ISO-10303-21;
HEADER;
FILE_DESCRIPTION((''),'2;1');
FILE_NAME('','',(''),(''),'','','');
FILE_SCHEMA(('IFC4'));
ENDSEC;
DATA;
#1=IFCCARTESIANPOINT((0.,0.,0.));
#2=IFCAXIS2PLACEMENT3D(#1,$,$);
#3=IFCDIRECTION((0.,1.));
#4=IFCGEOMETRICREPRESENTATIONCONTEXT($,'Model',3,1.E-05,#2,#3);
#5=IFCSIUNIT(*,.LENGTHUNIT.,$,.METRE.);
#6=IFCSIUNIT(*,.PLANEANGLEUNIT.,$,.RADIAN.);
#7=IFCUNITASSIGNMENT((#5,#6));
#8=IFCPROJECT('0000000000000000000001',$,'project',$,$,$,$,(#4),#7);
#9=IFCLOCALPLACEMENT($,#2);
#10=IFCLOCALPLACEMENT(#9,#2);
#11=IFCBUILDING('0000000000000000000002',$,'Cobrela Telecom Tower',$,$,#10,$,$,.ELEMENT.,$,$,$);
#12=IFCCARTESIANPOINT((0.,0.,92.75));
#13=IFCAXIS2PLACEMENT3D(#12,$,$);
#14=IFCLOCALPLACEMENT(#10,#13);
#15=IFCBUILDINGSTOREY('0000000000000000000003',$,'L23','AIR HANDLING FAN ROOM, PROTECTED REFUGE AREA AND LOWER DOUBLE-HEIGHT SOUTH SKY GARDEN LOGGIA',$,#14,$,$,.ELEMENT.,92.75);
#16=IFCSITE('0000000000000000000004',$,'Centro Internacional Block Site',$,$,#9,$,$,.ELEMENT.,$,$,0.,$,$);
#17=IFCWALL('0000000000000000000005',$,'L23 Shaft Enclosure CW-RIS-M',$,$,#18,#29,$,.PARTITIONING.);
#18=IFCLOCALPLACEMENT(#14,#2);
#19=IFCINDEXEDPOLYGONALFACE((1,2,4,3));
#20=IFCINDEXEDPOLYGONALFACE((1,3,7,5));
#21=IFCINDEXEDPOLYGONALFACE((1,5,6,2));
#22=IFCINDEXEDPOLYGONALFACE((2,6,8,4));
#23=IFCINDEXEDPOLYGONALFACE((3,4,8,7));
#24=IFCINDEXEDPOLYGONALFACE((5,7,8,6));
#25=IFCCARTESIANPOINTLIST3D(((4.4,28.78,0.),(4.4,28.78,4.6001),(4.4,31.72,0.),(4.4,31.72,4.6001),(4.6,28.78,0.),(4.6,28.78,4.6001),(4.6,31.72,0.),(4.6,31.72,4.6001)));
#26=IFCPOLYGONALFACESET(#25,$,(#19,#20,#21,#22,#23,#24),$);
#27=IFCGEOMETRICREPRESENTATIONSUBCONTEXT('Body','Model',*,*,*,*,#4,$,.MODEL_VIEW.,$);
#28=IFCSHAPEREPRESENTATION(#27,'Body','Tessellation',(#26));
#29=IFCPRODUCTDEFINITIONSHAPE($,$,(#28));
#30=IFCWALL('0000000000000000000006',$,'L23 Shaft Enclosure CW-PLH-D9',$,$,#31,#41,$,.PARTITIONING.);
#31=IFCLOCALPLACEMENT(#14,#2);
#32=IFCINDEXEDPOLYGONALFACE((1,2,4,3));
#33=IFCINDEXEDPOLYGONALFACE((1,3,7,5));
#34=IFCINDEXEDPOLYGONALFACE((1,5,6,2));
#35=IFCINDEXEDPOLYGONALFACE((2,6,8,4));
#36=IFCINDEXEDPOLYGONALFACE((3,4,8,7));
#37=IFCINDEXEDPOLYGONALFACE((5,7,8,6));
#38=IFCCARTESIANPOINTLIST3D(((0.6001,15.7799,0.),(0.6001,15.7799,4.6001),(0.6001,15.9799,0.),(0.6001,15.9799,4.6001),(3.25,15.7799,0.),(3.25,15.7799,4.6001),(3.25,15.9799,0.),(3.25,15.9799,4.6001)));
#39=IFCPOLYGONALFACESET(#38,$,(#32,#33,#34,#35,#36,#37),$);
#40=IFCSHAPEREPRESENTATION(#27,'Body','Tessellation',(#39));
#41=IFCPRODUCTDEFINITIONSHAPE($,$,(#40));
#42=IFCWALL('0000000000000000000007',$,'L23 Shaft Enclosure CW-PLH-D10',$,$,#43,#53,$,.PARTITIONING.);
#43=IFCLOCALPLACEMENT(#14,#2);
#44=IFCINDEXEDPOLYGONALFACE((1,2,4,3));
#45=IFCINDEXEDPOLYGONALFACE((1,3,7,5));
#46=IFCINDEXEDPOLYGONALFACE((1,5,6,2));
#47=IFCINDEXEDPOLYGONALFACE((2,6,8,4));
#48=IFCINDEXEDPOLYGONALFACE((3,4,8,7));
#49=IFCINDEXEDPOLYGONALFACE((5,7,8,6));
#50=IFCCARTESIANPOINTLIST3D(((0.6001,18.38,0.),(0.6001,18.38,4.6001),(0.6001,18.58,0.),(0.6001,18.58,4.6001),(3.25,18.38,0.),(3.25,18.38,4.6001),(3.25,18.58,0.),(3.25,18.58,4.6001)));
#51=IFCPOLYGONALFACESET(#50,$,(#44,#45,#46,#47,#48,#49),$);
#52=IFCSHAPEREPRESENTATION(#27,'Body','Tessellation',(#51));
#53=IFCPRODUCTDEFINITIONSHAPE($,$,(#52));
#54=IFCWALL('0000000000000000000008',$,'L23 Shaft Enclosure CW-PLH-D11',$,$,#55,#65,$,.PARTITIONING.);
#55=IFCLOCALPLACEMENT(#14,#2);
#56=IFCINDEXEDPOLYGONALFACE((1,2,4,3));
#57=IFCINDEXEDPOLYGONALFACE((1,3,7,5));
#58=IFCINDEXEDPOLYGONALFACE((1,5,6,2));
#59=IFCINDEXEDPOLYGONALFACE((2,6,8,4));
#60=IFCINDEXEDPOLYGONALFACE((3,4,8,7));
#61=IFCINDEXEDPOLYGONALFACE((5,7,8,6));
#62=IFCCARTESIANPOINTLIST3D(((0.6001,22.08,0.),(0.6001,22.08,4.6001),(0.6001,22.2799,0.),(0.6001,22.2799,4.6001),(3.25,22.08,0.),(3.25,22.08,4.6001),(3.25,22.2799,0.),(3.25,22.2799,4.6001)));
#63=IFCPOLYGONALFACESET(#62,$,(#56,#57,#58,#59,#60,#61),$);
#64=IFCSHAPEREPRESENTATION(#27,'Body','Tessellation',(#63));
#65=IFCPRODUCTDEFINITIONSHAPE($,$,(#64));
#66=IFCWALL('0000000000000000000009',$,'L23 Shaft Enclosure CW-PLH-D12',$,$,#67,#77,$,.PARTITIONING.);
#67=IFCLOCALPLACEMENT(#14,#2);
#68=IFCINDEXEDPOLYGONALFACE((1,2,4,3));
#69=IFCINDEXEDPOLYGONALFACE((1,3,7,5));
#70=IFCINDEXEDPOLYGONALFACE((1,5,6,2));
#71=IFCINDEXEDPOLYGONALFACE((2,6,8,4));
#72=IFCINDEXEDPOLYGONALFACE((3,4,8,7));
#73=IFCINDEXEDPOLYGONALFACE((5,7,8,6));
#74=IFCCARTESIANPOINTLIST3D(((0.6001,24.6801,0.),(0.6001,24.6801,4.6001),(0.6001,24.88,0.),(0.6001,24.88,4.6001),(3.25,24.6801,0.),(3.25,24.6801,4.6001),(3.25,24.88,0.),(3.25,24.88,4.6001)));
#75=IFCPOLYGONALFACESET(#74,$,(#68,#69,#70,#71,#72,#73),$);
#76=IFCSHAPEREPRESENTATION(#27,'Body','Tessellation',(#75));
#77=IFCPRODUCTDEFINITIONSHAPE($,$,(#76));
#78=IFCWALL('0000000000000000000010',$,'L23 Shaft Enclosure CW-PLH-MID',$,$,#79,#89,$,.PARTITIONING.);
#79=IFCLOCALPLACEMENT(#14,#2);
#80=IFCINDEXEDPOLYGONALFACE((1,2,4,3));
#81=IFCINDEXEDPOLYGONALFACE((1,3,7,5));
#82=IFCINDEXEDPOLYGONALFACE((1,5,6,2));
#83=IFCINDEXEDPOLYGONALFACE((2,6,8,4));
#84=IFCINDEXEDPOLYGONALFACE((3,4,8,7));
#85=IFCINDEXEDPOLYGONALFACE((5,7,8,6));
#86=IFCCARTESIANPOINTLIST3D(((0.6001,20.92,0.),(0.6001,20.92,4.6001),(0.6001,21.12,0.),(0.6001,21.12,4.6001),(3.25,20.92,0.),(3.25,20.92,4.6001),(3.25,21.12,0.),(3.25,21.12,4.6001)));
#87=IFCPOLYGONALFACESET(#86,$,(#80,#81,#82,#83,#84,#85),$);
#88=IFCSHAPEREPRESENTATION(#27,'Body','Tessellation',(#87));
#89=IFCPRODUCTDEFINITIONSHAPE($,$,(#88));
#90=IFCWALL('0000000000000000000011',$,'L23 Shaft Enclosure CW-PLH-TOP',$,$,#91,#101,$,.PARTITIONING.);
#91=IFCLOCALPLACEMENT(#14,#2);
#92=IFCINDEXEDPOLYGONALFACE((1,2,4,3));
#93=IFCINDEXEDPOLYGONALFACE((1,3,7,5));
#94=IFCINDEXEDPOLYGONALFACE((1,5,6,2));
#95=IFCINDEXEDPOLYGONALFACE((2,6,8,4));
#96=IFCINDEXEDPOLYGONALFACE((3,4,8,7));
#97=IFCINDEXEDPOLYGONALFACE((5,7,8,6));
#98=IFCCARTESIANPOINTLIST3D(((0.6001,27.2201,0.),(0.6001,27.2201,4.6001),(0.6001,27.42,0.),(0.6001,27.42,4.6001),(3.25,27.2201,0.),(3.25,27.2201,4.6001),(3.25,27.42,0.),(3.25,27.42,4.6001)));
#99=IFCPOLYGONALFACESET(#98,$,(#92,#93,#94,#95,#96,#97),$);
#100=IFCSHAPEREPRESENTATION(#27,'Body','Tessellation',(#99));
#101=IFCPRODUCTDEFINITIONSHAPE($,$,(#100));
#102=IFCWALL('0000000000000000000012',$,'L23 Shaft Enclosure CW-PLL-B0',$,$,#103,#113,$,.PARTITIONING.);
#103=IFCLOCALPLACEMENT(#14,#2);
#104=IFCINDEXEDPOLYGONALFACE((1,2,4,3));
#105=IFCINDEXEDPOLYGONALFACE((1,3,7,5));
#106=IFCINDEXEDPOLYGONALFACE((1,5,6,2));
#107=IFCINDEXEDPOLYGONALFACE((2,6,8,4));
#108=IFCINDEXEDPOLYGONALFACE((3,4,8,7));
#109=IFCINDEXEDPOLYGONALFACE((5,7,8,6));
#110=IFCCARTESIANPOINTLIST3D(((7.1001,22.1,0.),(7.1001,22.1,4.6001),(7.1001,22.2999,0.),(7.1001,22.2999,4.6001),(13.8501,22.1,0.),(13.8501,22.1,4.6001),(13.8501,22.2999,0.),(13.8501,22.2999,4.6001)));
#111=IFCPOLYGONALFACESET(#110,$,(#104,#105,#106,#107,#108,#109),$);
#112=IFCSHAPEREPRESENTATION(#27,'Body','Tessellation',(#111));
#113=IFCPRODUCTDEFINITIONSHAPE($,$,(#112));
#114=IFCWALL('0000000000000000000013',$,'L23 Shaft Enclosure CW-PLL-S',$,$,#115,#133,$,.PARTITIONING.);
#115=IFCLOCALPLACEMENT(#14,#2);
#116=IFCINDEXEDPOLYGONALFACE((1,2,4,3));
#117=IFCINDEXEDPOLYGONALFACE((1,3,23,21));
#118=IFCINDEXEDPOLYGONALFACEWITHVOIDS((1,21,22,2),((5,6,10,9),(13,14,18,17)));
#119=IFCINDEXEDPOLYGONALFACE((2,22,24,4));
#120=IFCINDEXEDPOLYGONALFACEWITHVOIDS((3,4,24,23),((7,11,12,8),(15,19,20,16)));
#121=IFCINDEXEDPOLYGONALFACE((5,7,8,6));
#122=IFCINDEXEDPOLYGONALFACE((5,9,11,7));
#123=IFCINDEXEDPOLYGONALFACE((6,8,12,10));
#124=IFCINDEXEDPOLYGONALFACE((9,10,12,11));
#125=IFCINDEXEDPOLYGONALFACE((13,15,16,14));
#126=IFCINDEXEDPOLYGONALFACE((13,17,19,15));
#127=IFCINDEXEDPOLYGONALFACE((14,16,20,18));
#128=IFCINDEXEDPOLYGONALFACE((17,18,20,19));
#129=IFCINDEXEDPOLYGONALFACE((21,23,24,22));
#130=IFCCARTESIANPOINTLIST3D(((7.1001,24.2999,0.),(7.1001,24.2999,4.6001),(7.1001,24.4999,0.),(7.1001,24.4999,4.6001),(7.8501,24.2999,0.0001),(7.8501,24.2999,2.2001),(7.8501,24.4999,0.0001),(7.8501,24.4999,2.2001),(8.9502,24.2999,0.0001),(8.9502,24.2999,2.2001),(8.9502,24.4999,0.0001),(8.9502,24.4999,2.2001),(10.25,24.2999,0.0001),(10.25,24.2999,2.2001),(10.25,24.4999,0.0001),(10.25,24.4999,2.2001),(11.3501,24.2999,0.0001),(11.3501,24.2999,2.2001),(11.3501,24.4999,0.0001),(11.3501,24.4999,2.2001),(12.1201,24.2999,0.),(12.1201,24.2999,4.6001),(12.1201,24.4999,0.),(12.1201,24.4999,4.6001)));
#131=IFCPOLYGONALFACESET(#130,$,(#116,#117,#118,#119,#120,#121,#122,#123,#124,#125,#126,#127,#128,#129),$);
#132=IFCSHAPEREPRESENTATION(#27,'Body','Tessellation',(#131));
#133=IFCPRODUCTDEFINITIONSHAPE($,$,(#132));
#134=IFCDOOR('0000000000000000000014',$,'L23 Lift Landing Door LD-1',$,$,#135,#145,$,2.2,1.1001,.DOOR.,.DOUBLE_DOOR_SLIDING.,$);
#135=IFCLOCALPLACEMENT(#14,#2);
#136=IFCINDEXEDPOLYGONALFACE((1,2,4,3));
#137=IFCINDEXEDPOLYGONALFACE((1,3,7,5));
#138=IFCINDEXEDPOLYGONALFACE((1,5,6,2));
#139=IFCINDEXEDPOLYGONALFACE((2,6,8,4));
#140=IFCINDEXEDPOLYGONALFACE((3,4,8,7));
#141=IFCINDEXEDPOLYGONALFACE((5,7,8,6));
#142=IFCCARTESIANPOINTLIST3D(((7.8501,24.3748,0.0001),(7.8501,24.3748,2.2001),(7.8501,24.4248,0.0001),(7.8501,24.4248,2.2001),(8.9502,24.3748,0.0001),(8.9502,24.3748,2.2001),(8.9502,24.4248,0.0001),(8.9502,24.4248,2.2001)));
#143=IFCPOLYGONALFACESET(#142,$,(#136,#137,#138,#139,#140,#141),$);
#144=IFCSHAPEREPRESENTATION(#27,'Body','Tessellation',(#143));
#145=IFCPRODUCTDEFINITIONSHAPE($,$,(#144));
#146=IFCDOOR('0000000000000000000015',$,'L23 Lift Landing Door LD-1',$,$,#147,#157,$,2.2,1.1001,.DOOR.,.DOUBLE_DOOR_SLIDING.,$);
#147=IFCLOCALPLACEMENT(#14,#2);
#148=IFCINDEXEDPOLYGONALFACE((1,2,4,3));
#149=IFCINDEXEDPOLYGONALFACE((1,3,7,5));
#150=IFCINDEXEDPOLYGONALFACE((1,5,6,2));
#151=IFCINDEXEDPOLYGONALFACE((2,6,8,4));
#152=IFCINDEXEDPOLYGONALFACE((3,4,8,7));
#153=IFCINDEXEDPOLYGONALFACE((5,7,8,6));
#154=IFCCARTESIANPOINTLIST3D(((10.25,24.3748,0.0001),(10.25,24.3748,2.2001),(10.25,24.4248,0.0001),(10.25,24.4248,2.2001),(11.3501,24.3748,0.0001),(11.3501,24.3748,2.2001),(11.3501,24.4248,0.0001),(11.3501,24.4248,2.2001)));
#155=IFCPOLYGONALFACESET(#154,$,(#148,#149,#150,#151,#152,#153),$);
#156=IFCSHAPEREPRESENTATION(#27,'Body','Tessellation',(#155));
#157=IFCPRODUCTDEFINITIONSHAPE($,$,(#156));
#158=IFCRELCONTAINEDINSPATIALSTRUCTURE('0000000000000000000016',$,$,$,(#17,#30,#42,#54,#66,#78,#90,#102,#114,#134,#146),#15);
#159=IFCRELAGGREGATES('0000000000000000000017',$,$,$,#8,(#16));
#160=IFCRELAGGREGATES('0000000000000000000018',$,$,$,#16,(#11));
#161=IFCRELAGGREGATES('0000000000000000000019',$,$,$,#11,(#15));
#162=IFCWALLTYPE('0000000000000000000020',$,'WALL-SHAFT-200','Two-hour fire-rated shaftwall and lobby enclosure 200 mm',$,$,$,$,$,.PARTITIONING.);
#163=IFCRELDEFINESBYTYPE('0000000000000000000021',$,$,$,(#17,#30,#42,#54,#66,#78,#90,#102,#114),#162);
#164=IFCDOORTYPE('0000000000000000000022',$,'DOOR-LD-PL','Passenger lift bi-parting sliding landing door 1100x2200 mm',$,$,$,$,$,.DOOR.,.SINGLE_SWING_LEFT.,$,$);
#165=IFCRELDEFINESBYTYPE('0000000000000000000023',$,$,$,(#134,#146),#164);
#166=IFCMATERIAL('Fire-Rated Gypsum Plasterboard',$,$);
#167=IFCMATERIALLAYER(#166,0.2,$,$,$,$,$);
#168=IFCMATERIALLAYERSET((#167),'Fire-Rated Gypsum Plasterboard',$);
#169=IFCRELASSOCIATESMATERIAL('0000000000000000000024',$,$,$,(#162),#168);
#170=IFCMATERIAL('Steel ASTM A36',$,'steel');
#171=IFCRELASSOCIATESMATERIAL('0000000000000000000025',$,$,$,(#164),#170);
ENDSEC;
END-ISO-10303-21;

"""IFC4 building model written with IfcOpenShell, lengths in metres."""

from ifc_helpers import new_model, si_unit, direction, frame, frame_2d, origin, place, context, subcontext, project, spatial, rectangle, extrude, material, layer, layer_set, type_object, element, fill, save


model = new_model("IFC4")

# Units and contexts
model_context = context("Model", 3, precision=1e-05, world=origin(), true_north=direction((0.0, 1.0)))
body_context = subcontext(model_context, "Body", "Model", "MODEL_VIEW")
ifc_project = project(units=[si_unit("LENGTHUNIT", "METRE"), si_unit("PLANEANGLEUNIT", "RADIAN")], contexts=[model_context])

# Site, building, storey
site_placement = place(None, origin())
site = spatial("IfcSite", under=ifc_project, at=site_placement, Name="Centro Internacional Block Site", CompositionType="ELEMENT", RefElevation=0.0)
building_placement = place(site_placement, origin())
building = spatial("IfcBuilding", under=site, at=building_placement, Name="Cobrela Telecom Tower", CompositionType="ELEMENT")
storey_placement = place(building_placement, frame((0.0, 0.0, 92.75)))
storey = spatial("IfcBuildingStorey", under=building, at=storey_placement, Name="L23", Description="AIR HANDLING FAN ROOM, PROTECTED REFUGE AREA AND LOWER DOUBLE-HEIGHT SOUTH SKY GARDEN LOGGIA", CompositionType="ELEMENT", Elevation=92.75)

# Shared definitions
ifc_material_1 = material(Name="Fire-Rated Gypsum Plasterboard")
ifc_layer_1 = layer(ifc_material_1, 0.2)
ifc_layer_set_1 = layer_set([ifc_layer_1], Name="Fire-Rated Gypsum Plasterboard")
wall_type_1 = type_object("IfcWallType", Name="WALL-SHAFT-200", Description="Two-hour fire-rated shaftwall and lobby enclosure 200 mm", PredefinedType="PARTITIONING", material=ifc_layer_set_1)
ifc_material_2 = material(Name="Steel ASTM A36", Category="steel")

# Walls
wall_1_placement = place(storey_placement, frame((4.5, 28.78, 0.0), z_axis=(0.0, 0.0, 1.0), x_axis=(0.0, 1.0, 0.0)))
element("IfcWall", 1, at=wall_1_placement, inside=storey, type_object=wall_type_1, Name="L23 Shaft Enclosure CW-RIS-M", PredefinedType="PARTITIONING", context=body_context, shape_type="SweptSolid", body=[
    extrude(rectangle(XDim=2.9399, YDim=0.2, at=frame_2d((1.47, 0.0))), origin(), (0.0, 0.0, 1.0), 4.6001),
])
for number, where, z_axis, x_axis, name in (
    (2, (0.6001, 15.8799, 0.0), (0.0, 0.0, 1.0), (1.0, 0.0, 0.0), "L23 Shaft Enclosure CW-PLH-D9"),
    (3, (0.6001, 18.48, 0.0), (0.0, 0.0, 1.0), (1.0, 0.0, 0.0), "L23 Shaft Enclosure CW-PLH-D10"),
    (4, (0.6001, 22.1799, 0.0), (0.0, 0.0, 1.0), (1.0, 0.0, 0.0), "L23 Shaft Enclosure CW-PLH-D11"),
    (5, (0.6001, 24.78, 0.0), (0.0, 0.0, 1.0), (1.0, 0.0, 0.0), "L23 Shaft Enclosure CW-PLH-D12"),
    (6, (0.6001, 21.02, 0.0), (0.0, 0.0, 1.0), (1.0, 0.0, 0.0), "L23 Shaft Enclosure CW-PLH-MID"),
    (7, (0.6001, 27.3201, 0.0), (0.0, 0.0, 1.0), (1.0, 0.0, 0.0), "L23 Shaft Enclosure CW-PLH-TOP"),
):
    element("IfcWall", number, at=place(storey_placement, frame(where, z_axis=z_axis, x_axis=x_axis)), inside=storey, type_object=wall_type_1, Name=name, PredefinedType="PARTITIONING", context=body_context, shape_type="SweptSolid", body=[
        extrude(rectangle(XDim=2.6499, YDim=0.2, at=frame_2d((1.325, 0.0))), origin(), (0.0, 0.0, 1.0), 4.6001),
    ])
wall_2_placement = place(storey_placement, frame((7.1001, 22.2, 0.0), z_axis=(0.0, 0.0, 1.0), x_axis=(1.0, 0.0, 0.0)))
element("IfcWall", 8, at=wall_2_placement, inside=storey, type_object=wall_type_1, Name="L23 Shaft Enclosure CW-PLL-B0", PredefinedType="PARTITIONING", context=body_context, shape_type="SweptSolid", body=[
    extrude(rectangle(XDim=6.75, YDim=0.2, at=frame_2d((3.375, 0.0))), origin(), (0.0, 0.0, 1.0), 4.6001),
])

# Wall, openings, doors
wall_3_placement = place(storey_placement, frame((7.1001, 24.3999, 0.0), z_axis=(0.0, 0.0, 1.0), x_axis=(1.0, 0.0, 0.0)))
wall_3 = element("IfcWall", 9, at=wall_3_placement, inside=storey, type_object=wall_type_1, Name="L23 Shaft Enclosure CW-PLL-S", PredefinedType="PARTITIONING", context=body_context, shape_type="SweptSolid", body=[
    extrude(rectangle(XDim=5.02, YDim=0.2, at=frame_2d((2.51, 0.0))), origin(), (0.0, 0.0, 1.0), 4.6001),
])
opening_1_placement = place(wall_3_placement, frame((0.75, 0.0, 0.0)))
opening_1 = element("IfcOpeningElement", 10, at=opening_1_placement, cuts=wall_3, PredefinedType="OPENING", context=body_context, shape_type="SweptSolid", body=[
    extrude(rectangle(XDim=1.1001, YDim=2.2, at=frame_2d((0.55, 1.1001))), frame((0.0, 0.1118, 0.0), z_axis=(0.0, -1.0, 0.0), x_axis=(1.0, 0.0, 0.0)), (0.0, 0.0, 1.0), 0.2239),
])
opening_2_placement = place(wall_3_placement, frame((3.1499, 0.0, 0.0)))
opening_2 = element("IfcOpeningElement", 11, at=opening_2_placement, cuts=wall_3, PredefinedType="OPENING", context=body_context, shape_type="SweptSolid", body=[
    extrude(rectangle(XDim=1.1001, YDim=2.2, at=frame_2d((0.55, 1.1001))), frame((0.0, 0.1118, 0.0), z_axis=(0.0, -1.0, 0.0), x_axis=(1.0, 0.0, 0.0)), (0.0, 0.0, 1.0), 0.2239),
])
door_type_1 = type_object("IfcDoorType", Name="DOOR-LD-PL", Description="Passenger lift bi-parting sliding landing door 1100x2200 mm", OperationType="SINGLE_SWING_LEFT", PredefinedType="DOOR", material=ifc_material_2)
door_1_placement = place(opening_1_placement, origin())
door_1 = element("IfcDoor", 12, at=door_1_placement, inside=storey, type_object=door_type_1, Name="L23 Lift Landing Door LD-1", OperationType="DOUBLE_DOOR_SLIDING", OverallHeight=2.2, OverallWidth=1.1001, PredefinedType="DOOR", context=body_context, shape_type="SweptSolid", body=[
    extrude(rectangle(XDim=1.1001, YDim=2.2, at=frame_2d((0.55, 1.1001))), frame((0.0, 0.0249, 0.0), z_axis=(0.0, -1.0, 0.0), x_axis=(1.0, 0.0, 0.0)), (0.0, 0.0, 1.0), 0.05),
])
fill(opening_1, door_1)
door_2_placement = place(opening_2_placement, origin())
door_2 = element("IfcDoor", 13, at=door_2_placement, inside=storey, type_object=door_type_1, Name="L23 Lift Landing Door LD-1", OperationType="DOUBLE_DOOR_SLIDING", OverallHeight=2.2, OverallWidth=1.1001, PredefinedType="DOOR", context=body_context, shape_type="SweptSolid", body=[
    extrude(rectangle(XDim=1.1001, YDim=2.2, at=frame_2d((0.55, 1.1001))), frame((0.0, 0.0249, 0.0), z_axis=(0.0, -1.0, 0.0), x_axis=(1.0, 0.0, 0.0)), (0.0, 0.0, 1.0), 0.05),
])
fill(opening_2, door_2)

save(model, "model.ifc")
